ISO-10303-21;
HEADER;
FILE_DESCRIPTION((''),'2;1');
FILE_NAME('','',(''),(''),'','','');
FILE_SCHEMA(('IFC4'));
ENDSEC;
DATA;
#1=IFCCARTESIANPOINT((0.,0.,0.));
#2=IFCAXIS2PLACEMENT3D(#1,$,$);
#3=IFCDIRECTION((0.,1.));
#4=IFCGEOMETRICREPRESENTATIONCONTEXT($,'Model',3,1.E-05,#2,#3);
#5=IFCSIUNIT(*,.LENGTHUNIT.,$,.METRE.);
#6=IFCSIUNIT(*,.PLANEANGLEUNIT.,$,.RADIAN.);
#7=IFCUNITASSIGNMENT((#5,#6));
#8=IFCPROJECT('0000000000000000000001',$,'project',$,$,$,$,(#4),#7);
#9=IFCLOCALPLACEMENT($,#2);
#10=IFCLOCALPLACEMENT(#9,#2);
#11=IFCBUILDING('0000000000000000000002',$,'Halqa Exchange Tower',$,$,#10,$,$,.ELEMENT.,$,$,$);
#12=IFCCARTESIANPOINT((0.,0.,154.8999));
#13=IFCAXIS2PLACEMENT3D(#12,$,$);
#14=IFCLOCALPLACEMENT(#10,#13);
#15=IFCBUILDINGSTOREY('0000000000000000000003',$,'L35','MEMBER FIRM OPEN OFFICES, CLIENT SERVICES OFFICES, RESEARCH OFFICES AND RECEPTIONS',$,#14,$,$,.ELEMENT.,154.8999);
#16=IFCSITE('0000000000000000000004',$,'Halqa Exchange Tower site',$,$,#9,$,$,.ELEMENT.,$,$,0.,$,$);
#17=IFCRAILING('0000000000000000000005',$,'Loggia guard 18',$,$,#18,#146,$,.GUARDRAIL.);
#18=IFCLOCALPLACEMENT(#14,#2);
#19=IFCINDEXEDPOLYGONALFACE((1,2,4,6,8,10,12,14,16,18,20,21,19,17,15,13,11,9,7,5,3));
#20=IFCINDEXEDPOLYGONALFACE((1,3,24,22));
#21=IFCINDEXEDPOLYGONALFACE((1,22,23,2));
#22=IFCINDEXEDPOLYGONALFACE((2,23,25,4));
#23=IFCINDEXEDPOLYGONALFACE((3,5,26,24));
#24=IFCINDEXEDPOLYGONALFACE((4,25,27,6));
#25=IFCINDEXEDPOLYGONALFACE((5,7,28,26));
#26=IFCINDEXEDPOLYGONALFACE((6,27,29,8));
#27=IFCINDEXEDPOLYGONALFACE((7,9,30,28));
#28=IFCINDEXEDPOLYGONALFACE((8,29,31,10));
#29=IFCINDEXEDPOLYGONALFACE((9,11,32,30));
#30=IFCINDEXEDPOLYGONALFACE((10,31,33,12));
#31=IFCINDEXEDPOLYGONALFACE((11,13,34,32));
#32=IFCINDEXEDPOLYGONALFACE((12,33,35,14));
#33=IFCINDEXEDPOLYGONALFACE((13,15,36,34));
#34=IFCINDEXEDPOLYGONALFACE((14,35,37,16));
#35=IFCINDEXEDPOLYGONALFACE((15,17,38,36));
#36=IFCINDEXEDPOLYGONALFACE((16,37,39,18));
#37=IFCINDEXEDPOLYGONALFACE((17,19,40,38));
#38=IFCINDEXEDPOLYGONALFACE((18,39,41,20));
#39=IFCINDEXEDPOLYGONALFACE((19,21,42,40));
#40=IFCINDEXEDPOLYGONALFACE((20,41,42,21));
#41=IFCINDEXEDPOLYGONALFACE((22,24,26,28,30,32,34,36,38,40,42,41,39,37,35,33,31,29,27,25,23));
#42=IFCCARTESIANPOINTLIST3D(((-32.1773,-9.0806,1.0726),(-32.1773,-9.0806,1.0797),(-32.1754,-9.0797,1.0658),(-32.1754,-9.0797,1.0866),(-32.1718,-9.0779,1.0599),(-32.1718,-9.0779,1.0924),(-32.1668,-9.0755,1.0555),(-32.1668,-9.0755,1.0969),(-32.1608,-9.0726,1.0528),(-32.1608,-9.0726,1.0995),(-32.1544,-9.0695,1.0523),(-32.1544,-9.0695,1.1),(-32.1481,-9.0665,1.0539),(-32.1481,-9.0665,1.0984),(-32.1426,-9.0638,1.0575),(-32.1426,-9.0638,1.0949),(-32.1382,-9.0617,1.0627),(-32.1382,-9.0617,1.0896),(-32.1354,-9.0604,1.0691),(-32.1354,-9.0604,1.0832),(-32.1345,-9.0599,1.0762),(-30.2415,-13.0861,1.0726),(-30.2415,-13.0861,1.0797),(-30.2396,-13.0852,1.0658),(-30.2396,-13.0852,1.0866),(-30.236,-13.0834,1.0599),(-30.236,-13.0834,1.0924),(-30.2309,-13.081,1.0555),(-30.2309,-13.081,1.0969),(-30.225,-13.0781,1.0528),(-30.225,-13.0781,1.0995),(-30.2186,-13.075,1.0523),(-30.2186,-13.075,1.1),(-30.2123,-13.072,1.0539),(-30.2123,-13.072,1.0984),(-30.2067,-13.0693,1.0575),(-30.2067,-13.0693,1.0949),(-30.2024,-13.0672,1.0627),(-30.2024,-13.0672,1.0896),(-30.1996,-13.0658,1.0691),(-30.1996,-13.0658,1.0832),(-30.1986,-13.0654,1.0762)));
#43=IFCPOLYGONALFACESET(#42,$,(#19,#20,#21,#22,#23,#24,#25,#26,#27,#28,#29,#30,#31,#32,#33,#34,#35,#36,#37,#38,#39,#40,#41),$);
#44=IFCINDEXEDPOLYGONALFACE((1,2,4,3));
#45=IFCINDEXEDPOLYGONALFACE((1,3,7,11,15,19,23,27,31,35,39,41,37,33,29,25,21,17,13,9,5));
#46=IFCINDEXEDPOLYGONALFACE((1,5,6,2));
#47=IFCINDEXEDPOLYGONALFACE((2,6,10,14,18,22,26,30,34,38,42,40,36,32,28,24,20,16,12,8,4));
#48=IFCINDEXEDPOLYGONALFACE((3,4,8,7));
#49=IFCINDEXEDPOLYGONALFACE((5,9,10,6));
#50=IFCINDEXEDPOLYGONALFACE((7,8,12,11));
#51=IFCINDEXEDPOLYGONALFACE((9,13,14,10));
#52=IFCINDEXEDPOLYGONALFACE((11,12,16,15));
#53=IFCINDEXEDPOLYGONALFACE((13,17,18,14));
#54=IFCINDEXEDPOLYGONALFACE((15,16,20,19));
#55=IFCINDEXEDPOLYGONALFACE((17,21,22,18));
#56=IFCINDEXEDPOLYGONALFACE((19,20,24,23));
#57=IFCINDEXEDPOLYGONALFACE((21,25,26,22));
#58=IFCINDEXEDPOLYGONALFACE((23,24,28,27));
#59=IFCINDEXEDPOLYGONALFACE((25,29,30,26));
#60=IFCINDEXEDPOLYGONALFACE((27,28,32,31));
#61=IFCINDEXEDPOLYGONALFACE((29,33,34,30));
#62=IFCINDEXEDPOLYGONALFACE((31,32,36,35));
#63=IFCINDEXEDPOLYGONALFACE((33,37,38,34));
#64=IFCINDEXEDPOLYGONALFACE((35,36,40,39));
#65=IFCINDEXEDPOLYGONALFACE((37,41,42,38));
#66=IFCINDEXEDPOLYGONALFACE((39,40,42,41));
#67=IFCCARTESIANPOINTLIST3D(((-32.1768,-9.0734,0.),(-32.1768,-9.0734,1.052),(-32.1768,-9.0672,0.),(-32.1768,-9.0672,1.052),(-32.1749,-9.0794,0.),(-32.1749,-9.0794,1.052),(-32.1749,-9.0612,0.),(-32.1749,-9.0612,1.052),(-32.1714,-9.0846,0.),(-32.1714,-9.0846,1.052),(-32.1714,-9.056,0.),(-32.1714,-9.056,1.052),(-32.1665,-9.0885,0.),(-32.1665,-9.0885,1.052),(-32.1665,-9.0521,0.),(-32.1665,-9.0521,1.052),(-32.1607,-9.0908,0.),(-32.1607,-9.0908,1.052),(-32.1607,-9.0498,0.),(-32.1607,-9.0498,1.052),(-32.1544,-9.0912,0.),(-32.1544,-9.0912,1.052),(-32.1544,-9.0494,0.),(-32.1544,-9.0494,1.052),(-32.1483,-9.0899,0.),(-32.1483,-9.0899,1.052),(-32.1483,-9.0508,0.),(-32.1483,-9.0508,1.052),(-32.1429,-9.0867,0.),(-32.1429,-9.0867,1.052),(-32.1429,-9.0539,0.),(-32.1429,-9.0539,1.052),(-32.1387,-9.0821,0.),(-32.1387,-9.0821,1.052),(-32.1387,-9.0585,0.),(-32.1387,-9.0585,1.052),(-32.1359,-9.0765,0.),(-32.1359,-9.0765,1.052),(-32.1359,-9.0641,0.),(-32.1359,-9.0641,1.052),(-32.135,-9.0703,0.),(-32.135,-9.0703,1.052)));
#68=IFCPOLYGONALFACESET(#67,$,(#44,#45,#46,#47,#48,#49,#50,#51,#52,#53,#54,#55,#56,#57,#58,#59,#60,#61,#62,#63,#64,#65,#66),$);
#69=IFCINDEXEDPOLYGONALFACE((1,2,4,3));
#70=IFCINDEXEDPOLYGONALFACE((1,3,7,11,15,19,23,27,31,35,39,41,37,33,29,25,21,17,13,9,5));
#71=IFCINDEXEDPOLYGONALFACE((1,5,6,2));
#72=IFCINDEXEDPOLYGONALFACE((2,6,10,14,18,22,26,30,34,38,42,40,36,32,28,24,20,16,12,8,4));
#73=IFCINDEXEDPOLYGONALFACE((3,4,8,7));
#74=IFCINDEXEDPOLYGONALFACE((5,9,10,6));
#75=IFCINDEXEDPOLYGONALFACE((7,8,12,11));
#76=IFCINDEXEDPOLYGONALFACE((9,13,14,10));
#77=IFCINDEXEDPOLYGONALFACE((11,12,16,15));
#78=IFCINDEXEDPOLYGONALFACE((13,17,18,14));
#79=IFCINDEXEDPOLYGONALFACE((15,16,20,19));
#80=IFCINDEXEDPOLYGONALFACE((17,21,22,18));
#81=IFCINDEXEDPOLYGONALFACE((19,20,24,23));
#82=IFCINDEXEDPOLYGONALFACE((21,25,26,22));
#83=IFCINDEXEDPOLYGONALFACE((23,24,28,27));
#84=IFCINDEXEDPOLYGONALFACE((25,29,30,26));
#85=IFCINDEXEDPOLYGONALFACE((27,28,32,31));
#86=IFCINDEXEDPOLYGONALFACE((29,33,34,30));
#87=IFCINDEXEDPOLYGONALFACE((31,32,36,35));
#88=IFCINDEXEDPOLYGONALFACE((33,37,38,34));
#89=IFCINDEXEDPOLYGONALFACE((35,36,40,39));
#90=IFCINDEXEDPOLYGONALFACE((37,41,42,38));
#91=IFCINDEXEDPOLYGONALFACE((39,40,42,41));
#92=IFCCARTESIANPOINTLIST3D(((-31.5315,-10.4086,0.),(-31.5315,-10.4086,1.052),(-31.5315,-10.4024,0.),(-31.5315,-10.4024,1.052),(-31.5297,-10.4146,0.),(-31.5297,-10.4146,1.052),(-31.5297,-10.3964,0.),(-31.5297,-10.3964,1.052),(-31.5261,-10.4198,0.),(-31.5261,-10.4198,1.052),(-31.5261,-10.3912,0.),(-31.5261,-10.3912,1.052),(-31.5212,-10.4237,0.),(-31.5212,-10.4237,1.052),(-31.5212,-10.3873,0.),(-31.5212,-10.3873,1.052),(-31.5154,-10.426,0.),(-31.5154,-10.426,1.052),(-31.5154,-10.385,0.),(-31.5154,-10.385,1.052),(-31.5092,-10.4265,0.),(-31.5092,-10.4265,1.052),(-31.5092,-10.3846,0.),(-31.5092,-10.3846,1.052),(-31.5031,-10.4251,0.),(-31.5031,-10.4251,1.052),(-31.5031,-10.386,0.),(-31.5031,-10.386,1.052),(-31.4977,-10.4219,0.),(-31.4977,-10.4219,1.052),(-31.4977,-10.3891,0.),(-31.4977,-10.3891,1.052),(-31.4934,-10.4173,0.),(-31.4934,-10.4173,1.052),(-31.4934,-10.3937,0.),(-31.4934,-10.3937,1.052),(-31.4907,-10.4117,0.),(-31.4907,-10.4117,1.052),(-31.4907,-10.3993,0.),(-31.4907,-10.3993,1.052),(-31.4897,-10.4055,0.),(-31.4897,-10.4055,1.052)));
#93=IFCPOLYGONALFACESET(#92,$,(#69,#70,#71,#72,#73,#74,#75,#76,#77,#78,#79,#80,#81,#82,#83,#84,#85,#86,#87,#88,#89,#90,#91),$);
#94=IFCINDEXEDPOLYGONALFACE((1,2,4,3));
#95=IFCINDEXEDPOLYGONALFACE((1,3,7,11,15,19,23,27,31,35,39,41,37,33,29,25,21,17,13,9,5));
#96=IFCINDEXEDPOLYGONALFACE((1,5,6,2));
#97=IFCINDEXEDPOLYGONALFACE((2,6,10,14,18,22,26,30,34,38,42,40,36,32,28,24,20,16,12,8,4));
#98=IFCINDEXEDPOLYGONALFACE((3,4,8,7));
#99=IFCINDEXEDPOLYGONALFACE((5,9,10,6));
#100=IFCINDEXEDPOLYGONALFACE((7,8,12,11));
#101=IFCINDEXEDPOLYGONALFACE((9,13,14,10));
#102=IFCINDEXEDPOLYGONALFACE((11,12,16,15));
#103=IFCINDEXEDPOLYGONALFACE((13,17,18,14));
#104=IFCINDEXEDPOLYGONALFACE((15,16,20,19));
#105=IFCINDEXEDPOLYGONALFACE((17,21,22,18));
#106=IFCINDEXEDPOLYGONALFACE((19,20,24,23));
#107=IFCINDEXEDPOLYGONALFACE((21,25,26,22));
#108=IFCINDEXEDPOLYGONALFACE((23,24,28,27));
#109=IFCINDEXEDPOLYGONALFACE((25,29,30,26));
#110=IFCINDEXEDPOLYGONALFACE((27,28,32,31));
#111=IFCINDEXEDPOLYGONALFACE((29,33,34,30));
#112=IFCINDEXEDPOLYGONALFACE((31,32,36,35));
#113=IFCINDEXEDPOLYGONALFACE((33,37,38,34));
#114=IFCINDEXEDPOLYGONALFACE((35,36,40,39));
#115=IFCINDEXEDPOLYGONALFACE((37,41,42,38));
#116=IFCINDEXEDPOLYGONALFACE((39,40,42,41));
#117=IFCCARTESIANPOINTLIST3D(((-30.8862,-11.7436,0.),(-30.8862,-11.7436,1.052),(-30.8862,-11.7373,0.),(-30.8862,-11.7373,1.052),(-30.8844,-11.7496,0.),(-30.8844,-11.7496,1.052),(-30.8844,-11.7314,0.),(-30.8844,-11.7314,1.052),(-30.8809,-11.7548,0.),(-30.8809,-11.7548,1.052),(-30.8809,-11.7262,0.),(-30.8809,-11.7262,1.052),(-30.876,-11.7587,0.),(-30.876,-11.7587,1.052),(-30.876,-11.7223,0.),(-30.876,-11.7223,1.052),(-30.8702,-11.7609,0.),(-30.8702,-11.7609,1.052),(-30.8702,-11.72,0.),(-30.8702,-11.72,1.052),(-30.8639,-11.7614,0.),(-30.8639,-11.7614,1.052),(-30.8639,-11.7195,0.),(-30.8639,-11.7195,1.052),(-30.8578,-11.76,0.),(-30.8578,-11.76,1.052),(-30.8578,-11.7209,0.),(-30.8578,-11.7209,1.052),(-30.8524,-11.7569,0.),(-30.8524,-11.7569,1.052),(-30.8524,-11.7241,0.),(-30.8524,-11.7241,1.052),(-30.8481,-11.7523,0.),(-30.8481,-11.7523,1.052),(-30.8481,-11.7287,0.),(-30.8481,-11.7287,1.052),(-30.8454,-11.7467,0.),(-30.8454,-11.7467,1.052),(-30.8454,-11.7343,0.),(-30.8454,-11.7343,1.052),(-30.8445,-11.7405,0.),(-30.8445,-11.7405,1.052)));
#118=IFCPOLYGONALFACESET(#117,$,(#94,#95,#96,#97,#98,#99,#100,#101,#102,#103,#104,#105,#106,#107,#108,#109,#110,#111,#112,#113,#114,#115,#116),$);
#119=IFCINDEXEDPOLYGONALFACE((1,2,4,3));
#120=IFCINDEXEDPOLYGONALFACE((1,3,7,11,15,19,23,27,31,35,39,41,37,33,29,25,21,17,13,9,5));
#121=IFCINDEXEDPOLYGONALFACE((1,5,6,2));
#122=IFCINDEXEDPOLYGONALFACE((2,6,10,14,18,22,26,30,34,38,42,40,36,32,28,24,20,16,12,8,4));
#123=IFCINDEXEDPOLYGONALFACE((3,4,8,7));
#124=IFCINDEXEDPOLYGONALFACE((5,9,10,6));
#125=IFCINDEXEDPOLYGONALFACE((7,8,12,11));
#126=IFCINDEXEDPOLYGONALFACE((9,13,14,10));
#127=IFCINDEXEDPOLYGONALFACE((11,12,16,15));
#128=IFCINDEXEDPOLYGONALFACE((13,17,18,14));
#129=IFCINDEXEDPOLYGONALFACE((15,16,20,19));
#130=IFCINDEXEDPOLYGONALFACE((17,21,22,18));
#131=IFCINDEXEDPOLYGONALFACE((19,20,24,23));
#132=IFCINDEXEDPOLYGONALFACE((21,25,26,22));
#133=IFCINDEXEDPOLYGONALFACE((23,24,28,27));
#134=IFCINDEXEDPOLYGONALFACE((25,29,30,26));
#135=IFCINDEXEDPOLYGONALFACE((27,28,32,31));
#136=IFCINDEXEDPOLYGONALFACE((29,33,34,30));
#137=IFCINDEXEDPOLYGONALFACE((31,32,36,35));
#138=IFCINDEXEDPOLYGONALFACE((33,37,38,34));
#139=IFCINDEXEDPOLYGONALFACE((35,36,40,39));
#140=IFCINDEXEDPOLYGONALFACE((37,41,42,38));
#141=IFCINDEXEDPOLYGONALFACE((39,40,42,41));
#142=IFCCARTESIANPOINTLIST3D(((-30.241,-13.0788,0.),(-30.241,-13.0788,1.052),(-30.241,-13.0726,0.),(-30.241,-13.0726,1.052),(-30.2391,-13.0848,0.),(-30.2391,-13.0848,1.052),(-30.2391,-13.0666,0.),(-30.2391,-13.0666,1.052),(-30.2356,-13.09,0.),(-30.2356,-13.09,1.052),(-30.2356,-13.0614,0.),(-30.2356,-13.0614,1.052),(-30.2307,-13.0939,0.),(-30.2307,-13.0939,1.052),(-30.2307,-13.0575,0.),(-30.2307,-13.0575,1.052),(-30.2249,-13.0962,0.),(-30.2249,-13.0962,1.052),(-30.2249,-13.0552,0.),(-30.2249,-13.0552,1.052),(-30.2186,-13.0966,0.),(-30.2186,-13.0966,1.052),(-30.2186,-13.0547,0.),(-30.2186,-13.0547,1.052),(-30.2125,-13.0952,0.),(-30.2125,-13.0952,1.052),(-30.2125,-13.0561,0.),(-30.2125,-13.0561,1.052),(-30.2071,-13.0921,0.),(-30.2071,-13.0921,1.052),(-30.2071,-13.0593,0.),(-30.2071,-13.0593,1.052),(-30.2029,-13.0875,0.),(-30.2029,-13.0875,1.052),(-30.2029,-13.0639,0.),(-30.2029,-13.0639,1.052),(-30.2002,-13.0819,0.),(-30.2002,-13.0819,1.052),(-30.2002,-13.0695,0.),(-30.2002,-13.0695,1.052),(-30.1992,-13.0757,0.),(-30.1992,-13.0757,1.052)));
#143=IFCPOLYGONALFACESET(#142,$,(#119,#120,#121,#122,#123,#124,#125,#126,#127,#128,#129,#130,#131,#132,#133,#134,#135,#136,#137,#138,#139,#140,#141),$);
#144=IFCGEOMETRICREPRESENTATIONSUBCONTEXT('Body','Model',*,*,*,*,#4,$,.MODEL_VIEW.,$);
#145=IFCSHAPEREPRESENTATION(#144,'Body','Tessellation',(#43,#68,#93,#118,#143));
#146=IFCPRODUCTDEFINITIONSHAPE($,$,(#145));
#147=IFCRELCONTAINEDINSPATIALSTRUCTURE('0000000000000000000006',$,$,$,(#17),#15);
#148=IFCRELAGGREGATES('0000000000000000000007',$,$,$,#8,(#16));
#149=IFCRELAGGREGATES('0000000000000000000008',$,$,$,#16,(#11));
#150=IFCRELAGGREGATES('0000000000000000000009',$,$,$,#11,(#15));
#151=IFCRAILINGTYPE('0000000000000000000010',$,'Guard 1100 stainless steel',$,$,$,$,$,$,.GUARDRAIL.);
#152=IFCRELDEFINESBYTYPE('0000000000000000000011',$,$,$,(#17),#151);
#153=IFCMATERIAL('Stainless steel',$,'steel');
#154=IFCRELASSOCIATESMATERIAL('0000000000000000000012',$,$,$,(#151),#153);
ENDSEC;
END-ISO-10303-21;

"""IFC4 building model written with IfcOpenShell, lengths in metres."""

from ifc_helpers import new_model, si_unit, direction, frame, origin, origin_2d, place, context, subcontext, project, spatial, circle, extrude, material, type_object, element, save


model = new_model("IFC4")

# Units and contexts
model_context = context("Model", 3, precision=1e-05, world=origin(), true_north=direction((0.0, 1.0)))
body_context = subcontext(model_context, "Body", "Model", "MODEL_VIEW")
ifc_project = project(units=[si_unit("LENGTHUNIT", "METRE"), si_unit("PLANEANGLEUNIT", "RADIAN")], contexts=[model_context])

# Site, building, storey
site_placement = place(None, origin())
site = spatial("IfcSite", under=ifc_project, at=site_placement, Name="Halqa Exchange Tower site", CompositionType="ELEMENT", RefElevation=0.0)
building_placement = place(site_placement, origin())
building = spatial("IfcBuilding", under=site, at=building_placement, Name="Halqa Exchange Tower", CompositionType="ELEMENT")
storey_placement = place(building_placement, frame((0.0, 0.0, 154.8999)))
storey = spatial("IfcBuildingStorey", under=building, at=storey_placement, Name="L35", Description="MEMBER FIRM OPEN OFFICES, CLIENT SERVICES OFFICES, RESEARCH OFFICES AND RECEPTIONS", CompositionType="ELEMENT", Elevation=154.8999)

# Railing
ifc_material_1 = material(Name="Stainless steel", Category="steel")
railing_type = type_object("IfcRailingType", Name="Guard 1100 stainless steel", PredefinedType="GUARDRAIL", material=ifc_material_1)
railing_1_placement = place(storey_placement, frame((-32.156, -9.0703, 0.0)))
element("IfcRailing", 1, at=railing_1_placement, inside=storey, type_object=railing_type, Name="Loggia guard 18", PredefinedType="GUARDRAIL", context=body_context, shape_type="SweptSolid", body=[
    extrude(circle(Radius=0.0239, at=origin_2d()), frame((0.0, 0.0, 1.0762), z_axis=(0.435143, -0.900361, 0.0), x_axis=(0.900361, 0.435143, 0.0)), (0.0, 0.0, 1.0), 4.4487),
    extrude(circle(Radius=0.021, at=origin_2d()), origin(), (0.0, 0.0, 1.0), 1.052),
    extrude(circle(Radius=0.021, at=origin_2d()), frame((0.6453, -1.3352, 0.0)), (0.0, 0.0, 1.0), 1.052),
    extrude(circle(Radius=0.021, at=origin_2d()), frame((1.2905, -2.6702, 0.0)), (0.0, 0.0, 1.0), 1.052),
    extrude(circle(Radius=0.021, at=origin_2d()), frame((1.9358, -4.0054, 0.0)), (0.0, 0.0, 1.0), 1.052),
])

save(model, "model.ifc")
